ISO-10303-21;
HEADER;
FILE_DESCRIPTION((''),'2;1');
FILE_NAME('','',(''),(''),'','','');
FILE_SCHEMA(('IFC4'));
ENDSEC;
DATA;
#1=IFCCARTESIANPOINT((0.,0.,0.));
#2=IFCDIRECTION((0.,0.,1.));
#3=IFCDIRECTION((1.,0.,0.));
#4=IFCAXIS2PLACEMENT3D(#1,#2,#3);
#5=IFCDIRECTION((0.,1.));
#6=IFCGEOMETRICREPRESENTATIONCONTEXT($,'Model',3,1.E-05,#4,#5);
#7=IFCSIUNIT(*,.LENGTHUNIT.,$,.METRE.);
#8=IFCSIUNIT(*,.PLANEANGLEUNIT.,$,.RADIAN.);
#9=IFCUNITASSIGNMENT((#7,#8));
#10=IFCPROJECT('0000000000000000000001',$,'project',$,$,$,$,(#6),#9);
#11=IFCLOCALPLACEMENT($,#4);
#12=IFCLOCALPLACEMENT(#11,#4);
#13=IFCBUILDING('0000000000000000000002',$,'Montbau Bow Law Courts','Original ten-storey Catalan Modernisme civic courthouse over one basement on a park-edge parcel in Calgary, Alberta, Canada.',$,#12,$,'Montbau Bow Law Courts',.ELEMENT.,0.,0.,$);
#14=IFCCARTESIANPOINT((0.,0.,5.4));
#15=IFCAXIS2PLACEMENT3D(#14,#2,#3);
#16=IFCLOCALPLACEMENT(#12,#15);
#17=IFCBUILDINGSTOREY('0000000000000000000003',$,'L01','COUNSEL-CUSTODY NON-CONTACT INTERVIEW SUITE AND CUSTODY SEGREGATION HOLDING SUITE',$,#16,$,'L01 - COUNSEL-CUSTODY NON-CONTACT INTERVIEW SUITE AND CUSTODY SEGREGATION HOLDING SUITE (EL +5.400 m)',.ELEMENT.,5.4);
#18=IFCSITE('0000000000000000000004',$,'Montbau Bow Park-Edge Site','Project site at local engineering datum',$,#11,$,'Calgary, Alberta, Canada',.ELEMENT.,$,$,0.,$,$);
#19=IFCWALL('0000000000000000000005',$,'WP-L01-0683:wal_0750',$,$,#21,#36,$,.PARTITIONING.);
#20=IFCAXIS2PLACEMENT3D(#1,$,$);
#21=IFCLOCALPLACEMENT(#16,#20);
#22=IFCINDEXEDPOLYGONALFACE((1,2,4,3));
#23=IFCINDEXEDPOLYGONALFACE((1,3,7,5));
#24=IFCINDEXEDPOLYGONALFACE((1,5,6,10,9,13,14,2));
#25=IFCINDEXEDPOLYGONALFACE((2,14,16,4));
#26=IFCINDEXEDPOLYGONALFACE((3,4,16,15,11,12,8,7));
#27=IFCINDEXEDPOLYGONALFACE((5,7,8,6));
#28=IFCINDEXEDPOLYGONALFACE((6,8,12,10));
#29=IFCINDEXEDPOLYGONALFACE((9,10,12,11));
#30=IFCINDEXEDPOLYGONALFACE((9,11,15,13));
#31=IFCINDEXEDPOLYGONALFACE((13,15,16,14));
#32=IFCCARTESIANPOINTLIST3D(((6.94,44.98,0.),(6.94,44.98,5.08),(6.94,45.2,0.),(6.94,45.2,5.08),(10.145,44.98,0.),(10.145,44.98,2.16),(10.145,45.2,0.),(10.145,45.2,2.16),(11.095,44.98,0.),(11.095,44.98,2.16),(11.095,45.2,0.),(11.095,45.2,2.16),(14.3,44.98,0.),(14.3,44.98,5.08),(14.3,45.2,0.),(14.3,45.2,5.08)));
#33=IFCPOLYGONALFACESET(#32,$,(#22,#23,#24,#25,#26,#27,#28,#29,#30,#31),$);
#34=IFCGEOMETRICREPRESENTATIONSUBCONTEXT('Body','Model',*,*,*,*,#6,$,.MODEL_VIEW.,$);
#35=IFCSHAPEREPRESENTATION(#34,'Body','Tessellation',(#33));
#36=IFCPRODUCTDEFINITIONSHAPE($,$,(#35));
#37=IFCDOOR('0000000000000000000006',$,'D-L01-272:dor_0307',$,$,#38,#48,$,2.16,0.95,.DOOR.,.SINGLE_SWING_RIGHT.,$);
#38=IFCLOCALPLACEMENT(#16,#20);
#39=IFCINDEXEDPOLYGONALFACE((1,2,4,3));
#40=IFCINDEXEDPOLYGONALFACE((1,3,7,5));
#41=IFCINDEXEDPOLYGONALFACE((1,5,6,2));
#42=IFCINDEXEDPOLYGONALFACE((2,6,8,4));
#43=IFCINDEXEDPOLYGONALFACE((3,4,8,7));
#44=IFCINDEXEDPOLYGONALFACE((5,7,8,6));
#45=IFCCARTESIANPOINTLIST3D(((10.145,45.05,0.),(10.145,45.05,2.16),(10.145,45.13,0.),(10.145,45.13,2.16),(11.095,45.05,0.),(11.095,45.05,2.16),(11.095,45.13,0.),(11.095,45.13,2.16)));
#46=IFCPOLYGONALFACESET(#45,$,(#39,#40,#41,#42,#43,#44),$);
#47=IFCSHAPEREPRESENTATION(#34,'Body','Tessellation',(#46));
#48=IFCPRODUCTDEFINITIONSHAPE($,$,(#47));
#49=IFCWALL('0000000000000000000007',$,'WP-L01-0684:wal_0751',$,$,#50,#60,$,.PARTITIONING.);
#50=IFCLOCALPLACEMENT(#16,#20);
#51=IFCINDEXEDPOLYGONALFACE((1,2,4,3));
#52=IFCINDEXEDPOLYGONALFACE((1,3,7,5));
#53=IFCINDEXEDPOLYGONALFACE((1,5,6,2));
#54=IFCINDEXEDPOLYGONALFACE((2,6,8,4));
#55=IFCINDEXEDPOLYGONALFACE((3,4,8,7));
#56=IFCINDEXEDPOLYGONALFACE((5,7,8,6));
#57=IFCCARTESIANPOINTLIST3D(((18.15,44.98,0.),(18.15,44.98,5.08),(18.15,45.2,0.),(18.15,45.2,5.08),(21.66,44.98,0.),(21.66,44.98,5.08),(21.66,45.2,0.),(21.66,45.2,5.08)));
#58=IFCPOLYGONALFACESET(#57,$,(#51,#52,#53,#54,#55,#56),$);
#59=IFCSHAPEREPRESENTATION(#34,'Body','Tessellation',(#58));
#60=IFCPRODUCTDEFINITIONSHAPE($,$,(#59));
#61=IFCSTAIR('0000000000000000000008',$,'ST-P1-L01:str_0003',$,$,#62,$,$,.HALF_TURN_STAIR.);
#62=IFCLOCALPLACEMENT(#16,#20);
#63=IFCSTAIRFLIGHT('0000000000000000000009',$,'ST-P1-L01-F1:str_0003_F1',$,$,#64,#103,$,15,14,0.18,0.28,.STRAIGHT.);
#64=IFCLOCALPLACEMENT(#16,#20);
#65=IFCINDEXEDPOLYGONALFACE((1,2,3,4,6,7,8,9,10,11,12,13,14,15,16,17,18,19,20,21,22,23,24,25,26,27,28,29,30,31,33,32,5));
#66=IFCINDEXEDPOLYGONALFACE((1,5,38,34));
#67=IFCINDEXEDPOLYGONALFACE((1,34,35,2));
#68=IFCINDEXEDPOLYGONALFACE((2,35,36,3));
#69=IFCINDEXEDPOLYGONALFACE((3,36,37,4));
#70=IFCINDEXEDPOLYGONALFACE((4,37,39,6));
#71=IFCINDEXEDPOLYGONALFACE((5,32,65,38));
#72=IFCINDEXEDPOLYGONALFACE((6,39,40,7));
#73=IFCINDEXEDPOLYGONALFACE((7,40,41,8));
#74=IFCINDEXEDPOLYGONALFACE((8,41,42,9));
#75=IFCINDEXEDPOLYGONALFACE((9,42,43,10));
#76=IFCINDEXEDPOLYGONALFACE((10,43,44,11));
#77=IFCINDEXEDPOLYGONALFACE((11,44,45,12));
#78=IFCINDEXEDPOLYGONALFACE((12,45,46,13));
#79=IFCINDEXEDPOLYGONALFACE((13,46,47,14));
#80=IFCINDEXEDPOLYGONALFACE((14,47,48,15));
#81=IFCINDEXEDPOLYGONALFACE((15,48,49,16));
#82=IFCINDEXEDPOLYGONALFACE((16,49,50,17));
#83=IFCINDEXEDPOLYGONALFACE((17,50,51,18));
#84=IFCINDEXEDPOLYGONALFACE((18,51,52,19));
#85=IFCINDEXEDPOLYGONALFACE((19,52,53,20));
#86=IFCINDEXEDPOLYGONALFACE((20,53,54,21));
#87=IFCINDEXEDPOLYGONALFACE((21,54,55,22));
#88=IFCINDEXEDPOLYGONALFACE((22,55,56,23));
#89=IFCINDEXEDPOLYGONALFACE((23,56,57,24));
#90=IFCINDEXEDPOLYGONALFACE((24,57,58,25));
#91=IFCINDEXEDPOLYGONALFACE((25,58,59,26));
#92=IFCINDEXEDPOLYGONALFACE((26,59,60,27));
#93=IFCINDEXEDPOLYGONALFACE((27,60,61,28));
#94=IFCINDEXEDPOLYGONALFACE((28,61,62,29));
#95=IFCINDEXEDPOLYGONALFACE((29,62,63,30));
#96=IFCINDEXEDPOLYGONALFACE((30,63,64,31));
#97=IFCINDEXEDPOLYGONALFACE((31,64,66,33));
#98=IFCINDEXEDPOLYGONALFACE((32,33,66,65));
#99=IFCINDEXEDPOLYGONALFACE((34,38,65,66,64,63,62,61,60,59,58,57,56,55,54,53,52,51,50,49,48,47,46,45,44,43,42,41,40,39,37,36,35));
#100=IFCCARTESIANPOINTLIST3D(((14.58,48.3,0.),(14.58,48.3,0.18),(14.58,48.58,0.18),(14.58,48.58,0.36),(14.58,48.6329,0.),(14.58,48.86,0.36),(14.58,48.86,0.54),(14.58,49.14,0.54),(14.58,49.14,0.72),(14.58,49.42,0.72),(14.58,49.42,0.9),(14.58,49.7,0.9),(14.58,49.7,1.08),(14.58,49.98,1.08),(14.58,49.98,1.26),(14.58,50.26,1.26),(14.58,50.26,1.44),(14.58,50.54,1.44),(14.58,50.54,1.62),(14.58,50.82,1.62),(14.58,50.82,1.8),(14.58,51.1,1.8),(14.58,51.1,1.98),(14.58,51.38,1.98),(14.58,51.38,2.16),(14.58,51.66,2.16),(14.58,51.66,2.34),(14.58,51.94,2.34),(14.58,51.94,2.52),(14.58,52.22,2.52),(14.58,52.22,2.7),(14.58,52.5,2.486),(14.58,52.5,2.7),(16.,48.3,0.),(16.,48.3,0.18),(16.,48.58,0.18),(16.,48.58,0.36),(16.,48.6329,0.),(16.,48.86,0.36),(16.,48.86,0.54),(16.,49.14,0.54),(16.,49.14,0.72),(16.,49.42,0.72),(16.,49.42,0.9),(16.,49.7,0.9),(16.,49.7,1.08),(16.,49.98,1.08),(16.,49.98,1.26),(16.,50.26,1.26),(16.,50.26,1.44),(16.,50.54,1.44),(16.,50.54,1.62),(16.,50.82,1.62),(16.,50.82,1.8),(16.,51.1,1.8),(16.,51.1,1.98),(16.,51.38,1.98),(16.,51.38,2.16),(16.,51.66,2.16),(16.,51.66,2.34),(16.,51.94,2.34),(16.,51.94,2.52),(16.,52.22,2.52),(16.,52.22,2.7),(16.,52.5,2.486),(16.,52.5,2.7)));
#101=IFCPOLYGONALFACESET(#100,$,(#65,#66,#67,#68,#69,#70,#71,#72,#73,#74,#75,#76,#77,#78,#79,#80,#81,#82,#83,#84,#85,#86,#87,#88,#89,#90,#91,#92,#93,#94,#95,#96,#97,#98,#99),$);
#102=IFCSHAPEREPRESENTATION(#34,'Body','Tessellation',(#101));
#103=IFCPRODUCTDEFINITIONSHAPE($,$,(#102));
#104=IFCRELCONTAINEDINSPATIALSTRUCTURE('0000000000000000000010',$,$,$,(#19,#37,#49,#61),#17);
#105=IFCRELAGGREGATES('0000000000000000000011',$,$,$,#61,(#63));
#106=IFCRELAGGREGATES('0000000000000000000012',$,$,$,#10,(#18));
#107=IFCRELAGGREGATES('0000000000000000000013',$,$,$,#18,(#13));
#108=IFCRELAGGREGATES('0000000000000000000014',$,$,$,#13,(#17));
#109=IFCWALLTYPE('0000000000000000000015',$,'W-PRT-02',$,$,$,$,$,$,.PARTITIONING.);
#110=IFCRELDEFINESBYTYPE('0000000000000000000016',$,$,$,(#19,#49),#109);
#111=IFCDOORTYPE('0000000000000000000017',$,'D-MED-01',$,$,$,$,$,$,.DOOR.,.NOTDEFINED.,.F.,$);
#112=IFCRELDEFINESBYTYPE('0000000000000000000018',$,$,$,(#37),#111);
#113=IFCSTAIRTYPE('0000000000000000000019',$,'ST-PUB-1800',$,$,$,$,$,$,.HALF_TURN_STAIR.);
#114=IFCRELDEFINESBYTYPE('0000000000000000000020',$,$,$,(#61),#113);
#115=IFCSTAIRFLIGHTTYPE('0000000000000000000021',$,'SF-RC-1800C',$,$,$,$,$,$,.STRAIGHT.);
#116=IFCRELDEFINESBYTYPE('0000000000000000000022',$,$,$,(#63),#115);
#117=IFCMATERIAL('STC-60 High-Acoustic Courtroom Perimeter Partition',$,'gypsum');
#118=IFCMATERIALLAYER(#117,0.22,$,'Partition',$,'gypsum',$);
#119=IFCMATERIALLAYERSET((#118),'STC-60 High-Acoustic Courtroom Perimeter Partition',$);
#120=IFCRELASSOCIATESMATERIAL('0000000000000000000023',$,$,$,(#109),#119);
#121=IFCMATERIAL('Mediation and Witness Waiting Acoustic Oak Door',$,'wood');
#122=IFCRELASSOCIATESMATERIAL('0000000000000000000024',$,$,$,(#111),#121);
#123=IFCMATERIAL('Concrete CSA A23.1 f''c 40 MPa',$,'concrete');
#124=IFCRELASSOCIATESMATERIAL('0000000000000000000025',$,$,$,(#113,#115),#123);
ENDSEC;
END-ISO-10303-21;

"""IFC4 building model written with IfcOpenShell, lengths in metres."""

from ifc_helpers import new_model, si_unit, direction, frame, frame_2d, origin_with_axes, place, context, subcontext, project, spatial, polyline, rectangle, outline, extrude, material, layer, layer_set, type_object, element, fill, aggregate, save


model = new_model("IFC4")

# Units and contexts
model_context = context("Model", 3, precision=1e-05, world=origin_with_axes(), true_north=direction((0.0, 1.0)))
body_context = subcontext(model_context, "Body", "Model", "MODEL_VIEW")
ifc_project = project(units=[si_unit("LENGTHUNIT", "METRE"), si_unit("PLANEANGLEUNIT", "RADIAN")], contexts=[model_context])

# Site, building, storey
site_placement = place(None, origin_with_axes())
site = spatial("IfcSite", under=ifc_project, at=site_placement, Name="Montbau Bow Park-Edge Site", Description="Project site at local engineering datum", LongName="Calgary, Alberta, Canada", CompositionType="ELEMENT", RefElevation=0.0)
building_placement = place(site_placement, origin_with_axes())
building = spatial("IfcBuilding", under=site, at=building_placement, Name="Montbau Bow Law Courts", Description="Original ten-storey Catalan Modernisme civic courthouse over one basement on a park-edge parcel in Calgary, Alberta, Canada.", LongName="Montbau Bow Law Courts", CompositionType="ELEMENT", ElevationOfRefHeight=0.0, ElevationOfTerrain=0.0)
storey_placement = place(building_placement, frame((0.0, 0.0, 5.4), z_axis=(0.0, 0.0, 1.0), x_axis=(1.0, 0.0, 0.0)))
storey = spatial("IfcBuildingStorey", under=building, at=storey_placement, Name="L01", Description="COUNSEL-CUSTODY NON-CONTACT INTERVIEW SUITE AND CUSTODY SEGREGATION HOLDING SUITE", LongName="L01 - COUNSEL-CUSTODY NON-CONTACT INTERVIEW SUITE AND CUSTODY SEGREGATION HOLDING SUITE (EL +5.400 m)", CompositionType="ELEMENT", Elevation=5.4)

# Shared definitions
ifc_material_1 = material(Name="STC-60 High-Acoustic Courtroom Perimeter Partition", Category="gypsum")
ifc_layer_1 = layer(ifc_material_1, 0.22, Name="Partition", Category="gypsum")
ifc_layer_set_1 = layer_set([ifc_layer_1], Name="STC-60 High-Acoustic Courtroom Perimeter Partition")
wall_type_1 = type_object("IfcWallType", Name="W-PRT-02", PredefinedType="PARTITIONING", material=ifc_layer_set_1)

# Wall, opening, door
wall_1_placement = place(None, frame((6.94, 45.09, 5.4), z_axis=(0.0, 0.0, 1.0), x_axis=(1.0, 0.0, 0.0)))
wall_1 = element("IfcWall", 1, at=wall_1_placement, inside=storey, type_object=wall_type_1, Name="WP-L01-0683:wal_0750", PredefinedType="PARTITIONING", context=body_context, shape_type="SweptSolid", body=[
    extrude(rectangle(XDim=7.36, YDim=0.22, at=frame_2d((3.68, 0.0), x_axis=(1.0, 0.0))), origin_with_axes(), (0.0, 0.0, 1.0), 5.08),
])
opening_1_placement = place(None, frame((10.62, 45.09, 5.4), z_axis=(0.0, 0.0, 1.0), x_axis=(1.0, 0.0, 0.0)))
opening_1 = element("IfcOpeningElement", 2, at=opening_1_placement, cuts=wall_1, PredefinedType="OPENING", context=body_context, shape_type="SweptSolid", body=[
    extrude(rectangle(XDim=0.95, YDim=2.16, at=frame_2d((0.0, 1.08), x_axis=(1.0, 0.0))), frame((0.0, 0.12, 0.0), z_axis=(0.0, -1.0, 0.0), x_axis=(1.0, 0.0, 0.0)), (0.0, 0.0, 1.0), 0.24),
])
ifc_material_2 = material(Name="Mediation and Witness Waiting Acoustic Oak Door", Category="wood")
door_type_1 = type_object("IfcDoorType", Name="D-MED-01", OperationType="NOTDEFINED", ParameterTakesPrecedence=False, PredefinedType="DOOR", material=ifc_material_2)
door_1_placement = place(None, frame((10.62, 45.09, 5.4), z_axis=(0.0, 0.0, 1.0), x_axis=(-1.0, 0.0, 0.0)))
door_1 = element("IfcDoor", 3, at=door_1_placement, inside=storey, type_object=door_type_1, Name="D-L01-272:dor_0307", OperationType="SINGLE_SWING_RIGHT", OverallHeight=2.16, OverallWidth=0.95, PredefinedType="DOOR", context=body_context, shape_type="SweptSolid", body=[
    extrude(rectangle(XDim=0.95, YDim=2.16, at=frame_2d((0.0, 1.08), x_axis=(1.0, 0.0))), frame((0.0, 0.04, 0.0), z_axis=(0.0, -1.0, 0.0), x_axis=(1.0, 0.0, 0.0)), (0.0, 0.0, 1.0), 0.08),
])
fill(opening_1, door_1)

# Wall
wall_2_placement = place(None, frame((18.15, 45.09, 5.4), z_axis=(0.0, 0.0, 1.0), x_axis=(1.0, 0.0, 0.0)))
element("IfcWall", 4, at=wall_2_placement, inside=storey, type_object=wall_type_1, Name="WP-L01-0684:wal_0751", PredefinedType="PARTITIONING", context=body_context, shape_type="SweptSolid", body=[
    extrude(rectangle(XDim=3.51, YDim=0.22, at=frame_2d((1.755, 0.0), x_axis=(1.0, 0.0))), origin_with_axes(), (0.0, 0.0, 1.0), 5.08),
])

# Stair, stair flight
ifc_material_3 = material(Name="Concrete CSA A23.1 f'c 40 MPa", Category="concrete")
stair_type = type_object("IfcStairType", Name="ST-PUB-1800", PredefinedType="HALF_TURN_STAIR", material=ifc_material_3)
stair_placement = place(None, frame((15.29, 48.3, 5.4), z_axis=(0.0, 0.0, 1.0), x_axis=(1.0, 0.0, 0.0)))
stair = element("IfcStair", 5, at=stair_placement, inside=storey, type_object=stair_type, Name="ST-P1-L01:str_0003", PredefinedType="HALF_TURN_STAIR")
stair_flight_type = type_object("IfcStairFlightType", Name="SF-RC-1800C", PredefinedType="STRAIGHT", material=ifc_material_3)
stair_flight_placement = place(None, frame((15.29, 48.3, 5.4), z_axis=(0.0, 0.0, 1.0), x_axis=(0.0, 1.0, 0.0)))
stair_flight = element("IfcStairFlight", 6, at=stair_flight_placement, type_object=stair_flight_type, Name="ST-P1-L01-F1:str_0003_F1", NumberOfRisers=15, NumberOfTreads=14, PredefinedType="STRAIGHT", RiserHeight=0.18, TreadLength=0.28, context=body_context, shape_type="SweptSolid", body=[
    extrude(outline(polyline([(0.0, 0.0), (0.0, 0.18), (0.28, 0.18), (0.28, 0.36), (0.56, 0.36), (0.56, 0.54), (0.84, 0.54), (0.84, 0.72), (1.12, 0.72), (1.12, 0.9), (1.4, 0.9), (1.4, 1.08), (1.68, 1.08), (1.68, 1.26), (1.96, 1.26), (1.96, 1.44), (2.24, 1.44), (2.24, 1.62), (2.52, 1.62), (2.52, 1.8), (2.8, 1.8), (2.8, 1.98), (3.08, 1.98), (3.08, 2.16), (3.36, 2.16), (3.36, 2.34), (3.64, 2.34), (3.64, 2.52), (3.92, 2.52), (3.92, 2.7), (4.2, 2.7), (4.2, 2.486), (0.3329, 0.0), (0.0, 0.0)])), frame((0.0, 0.71, 0.0), z_axis=(0.0, -1.0, 0.0), x_axis=(1.0, 0.0, 0.0)), (0.0, 0.0, 1.0), 1.42),
])
aggregate(stair, [stair_flight])

save(model, "model.ifc")
